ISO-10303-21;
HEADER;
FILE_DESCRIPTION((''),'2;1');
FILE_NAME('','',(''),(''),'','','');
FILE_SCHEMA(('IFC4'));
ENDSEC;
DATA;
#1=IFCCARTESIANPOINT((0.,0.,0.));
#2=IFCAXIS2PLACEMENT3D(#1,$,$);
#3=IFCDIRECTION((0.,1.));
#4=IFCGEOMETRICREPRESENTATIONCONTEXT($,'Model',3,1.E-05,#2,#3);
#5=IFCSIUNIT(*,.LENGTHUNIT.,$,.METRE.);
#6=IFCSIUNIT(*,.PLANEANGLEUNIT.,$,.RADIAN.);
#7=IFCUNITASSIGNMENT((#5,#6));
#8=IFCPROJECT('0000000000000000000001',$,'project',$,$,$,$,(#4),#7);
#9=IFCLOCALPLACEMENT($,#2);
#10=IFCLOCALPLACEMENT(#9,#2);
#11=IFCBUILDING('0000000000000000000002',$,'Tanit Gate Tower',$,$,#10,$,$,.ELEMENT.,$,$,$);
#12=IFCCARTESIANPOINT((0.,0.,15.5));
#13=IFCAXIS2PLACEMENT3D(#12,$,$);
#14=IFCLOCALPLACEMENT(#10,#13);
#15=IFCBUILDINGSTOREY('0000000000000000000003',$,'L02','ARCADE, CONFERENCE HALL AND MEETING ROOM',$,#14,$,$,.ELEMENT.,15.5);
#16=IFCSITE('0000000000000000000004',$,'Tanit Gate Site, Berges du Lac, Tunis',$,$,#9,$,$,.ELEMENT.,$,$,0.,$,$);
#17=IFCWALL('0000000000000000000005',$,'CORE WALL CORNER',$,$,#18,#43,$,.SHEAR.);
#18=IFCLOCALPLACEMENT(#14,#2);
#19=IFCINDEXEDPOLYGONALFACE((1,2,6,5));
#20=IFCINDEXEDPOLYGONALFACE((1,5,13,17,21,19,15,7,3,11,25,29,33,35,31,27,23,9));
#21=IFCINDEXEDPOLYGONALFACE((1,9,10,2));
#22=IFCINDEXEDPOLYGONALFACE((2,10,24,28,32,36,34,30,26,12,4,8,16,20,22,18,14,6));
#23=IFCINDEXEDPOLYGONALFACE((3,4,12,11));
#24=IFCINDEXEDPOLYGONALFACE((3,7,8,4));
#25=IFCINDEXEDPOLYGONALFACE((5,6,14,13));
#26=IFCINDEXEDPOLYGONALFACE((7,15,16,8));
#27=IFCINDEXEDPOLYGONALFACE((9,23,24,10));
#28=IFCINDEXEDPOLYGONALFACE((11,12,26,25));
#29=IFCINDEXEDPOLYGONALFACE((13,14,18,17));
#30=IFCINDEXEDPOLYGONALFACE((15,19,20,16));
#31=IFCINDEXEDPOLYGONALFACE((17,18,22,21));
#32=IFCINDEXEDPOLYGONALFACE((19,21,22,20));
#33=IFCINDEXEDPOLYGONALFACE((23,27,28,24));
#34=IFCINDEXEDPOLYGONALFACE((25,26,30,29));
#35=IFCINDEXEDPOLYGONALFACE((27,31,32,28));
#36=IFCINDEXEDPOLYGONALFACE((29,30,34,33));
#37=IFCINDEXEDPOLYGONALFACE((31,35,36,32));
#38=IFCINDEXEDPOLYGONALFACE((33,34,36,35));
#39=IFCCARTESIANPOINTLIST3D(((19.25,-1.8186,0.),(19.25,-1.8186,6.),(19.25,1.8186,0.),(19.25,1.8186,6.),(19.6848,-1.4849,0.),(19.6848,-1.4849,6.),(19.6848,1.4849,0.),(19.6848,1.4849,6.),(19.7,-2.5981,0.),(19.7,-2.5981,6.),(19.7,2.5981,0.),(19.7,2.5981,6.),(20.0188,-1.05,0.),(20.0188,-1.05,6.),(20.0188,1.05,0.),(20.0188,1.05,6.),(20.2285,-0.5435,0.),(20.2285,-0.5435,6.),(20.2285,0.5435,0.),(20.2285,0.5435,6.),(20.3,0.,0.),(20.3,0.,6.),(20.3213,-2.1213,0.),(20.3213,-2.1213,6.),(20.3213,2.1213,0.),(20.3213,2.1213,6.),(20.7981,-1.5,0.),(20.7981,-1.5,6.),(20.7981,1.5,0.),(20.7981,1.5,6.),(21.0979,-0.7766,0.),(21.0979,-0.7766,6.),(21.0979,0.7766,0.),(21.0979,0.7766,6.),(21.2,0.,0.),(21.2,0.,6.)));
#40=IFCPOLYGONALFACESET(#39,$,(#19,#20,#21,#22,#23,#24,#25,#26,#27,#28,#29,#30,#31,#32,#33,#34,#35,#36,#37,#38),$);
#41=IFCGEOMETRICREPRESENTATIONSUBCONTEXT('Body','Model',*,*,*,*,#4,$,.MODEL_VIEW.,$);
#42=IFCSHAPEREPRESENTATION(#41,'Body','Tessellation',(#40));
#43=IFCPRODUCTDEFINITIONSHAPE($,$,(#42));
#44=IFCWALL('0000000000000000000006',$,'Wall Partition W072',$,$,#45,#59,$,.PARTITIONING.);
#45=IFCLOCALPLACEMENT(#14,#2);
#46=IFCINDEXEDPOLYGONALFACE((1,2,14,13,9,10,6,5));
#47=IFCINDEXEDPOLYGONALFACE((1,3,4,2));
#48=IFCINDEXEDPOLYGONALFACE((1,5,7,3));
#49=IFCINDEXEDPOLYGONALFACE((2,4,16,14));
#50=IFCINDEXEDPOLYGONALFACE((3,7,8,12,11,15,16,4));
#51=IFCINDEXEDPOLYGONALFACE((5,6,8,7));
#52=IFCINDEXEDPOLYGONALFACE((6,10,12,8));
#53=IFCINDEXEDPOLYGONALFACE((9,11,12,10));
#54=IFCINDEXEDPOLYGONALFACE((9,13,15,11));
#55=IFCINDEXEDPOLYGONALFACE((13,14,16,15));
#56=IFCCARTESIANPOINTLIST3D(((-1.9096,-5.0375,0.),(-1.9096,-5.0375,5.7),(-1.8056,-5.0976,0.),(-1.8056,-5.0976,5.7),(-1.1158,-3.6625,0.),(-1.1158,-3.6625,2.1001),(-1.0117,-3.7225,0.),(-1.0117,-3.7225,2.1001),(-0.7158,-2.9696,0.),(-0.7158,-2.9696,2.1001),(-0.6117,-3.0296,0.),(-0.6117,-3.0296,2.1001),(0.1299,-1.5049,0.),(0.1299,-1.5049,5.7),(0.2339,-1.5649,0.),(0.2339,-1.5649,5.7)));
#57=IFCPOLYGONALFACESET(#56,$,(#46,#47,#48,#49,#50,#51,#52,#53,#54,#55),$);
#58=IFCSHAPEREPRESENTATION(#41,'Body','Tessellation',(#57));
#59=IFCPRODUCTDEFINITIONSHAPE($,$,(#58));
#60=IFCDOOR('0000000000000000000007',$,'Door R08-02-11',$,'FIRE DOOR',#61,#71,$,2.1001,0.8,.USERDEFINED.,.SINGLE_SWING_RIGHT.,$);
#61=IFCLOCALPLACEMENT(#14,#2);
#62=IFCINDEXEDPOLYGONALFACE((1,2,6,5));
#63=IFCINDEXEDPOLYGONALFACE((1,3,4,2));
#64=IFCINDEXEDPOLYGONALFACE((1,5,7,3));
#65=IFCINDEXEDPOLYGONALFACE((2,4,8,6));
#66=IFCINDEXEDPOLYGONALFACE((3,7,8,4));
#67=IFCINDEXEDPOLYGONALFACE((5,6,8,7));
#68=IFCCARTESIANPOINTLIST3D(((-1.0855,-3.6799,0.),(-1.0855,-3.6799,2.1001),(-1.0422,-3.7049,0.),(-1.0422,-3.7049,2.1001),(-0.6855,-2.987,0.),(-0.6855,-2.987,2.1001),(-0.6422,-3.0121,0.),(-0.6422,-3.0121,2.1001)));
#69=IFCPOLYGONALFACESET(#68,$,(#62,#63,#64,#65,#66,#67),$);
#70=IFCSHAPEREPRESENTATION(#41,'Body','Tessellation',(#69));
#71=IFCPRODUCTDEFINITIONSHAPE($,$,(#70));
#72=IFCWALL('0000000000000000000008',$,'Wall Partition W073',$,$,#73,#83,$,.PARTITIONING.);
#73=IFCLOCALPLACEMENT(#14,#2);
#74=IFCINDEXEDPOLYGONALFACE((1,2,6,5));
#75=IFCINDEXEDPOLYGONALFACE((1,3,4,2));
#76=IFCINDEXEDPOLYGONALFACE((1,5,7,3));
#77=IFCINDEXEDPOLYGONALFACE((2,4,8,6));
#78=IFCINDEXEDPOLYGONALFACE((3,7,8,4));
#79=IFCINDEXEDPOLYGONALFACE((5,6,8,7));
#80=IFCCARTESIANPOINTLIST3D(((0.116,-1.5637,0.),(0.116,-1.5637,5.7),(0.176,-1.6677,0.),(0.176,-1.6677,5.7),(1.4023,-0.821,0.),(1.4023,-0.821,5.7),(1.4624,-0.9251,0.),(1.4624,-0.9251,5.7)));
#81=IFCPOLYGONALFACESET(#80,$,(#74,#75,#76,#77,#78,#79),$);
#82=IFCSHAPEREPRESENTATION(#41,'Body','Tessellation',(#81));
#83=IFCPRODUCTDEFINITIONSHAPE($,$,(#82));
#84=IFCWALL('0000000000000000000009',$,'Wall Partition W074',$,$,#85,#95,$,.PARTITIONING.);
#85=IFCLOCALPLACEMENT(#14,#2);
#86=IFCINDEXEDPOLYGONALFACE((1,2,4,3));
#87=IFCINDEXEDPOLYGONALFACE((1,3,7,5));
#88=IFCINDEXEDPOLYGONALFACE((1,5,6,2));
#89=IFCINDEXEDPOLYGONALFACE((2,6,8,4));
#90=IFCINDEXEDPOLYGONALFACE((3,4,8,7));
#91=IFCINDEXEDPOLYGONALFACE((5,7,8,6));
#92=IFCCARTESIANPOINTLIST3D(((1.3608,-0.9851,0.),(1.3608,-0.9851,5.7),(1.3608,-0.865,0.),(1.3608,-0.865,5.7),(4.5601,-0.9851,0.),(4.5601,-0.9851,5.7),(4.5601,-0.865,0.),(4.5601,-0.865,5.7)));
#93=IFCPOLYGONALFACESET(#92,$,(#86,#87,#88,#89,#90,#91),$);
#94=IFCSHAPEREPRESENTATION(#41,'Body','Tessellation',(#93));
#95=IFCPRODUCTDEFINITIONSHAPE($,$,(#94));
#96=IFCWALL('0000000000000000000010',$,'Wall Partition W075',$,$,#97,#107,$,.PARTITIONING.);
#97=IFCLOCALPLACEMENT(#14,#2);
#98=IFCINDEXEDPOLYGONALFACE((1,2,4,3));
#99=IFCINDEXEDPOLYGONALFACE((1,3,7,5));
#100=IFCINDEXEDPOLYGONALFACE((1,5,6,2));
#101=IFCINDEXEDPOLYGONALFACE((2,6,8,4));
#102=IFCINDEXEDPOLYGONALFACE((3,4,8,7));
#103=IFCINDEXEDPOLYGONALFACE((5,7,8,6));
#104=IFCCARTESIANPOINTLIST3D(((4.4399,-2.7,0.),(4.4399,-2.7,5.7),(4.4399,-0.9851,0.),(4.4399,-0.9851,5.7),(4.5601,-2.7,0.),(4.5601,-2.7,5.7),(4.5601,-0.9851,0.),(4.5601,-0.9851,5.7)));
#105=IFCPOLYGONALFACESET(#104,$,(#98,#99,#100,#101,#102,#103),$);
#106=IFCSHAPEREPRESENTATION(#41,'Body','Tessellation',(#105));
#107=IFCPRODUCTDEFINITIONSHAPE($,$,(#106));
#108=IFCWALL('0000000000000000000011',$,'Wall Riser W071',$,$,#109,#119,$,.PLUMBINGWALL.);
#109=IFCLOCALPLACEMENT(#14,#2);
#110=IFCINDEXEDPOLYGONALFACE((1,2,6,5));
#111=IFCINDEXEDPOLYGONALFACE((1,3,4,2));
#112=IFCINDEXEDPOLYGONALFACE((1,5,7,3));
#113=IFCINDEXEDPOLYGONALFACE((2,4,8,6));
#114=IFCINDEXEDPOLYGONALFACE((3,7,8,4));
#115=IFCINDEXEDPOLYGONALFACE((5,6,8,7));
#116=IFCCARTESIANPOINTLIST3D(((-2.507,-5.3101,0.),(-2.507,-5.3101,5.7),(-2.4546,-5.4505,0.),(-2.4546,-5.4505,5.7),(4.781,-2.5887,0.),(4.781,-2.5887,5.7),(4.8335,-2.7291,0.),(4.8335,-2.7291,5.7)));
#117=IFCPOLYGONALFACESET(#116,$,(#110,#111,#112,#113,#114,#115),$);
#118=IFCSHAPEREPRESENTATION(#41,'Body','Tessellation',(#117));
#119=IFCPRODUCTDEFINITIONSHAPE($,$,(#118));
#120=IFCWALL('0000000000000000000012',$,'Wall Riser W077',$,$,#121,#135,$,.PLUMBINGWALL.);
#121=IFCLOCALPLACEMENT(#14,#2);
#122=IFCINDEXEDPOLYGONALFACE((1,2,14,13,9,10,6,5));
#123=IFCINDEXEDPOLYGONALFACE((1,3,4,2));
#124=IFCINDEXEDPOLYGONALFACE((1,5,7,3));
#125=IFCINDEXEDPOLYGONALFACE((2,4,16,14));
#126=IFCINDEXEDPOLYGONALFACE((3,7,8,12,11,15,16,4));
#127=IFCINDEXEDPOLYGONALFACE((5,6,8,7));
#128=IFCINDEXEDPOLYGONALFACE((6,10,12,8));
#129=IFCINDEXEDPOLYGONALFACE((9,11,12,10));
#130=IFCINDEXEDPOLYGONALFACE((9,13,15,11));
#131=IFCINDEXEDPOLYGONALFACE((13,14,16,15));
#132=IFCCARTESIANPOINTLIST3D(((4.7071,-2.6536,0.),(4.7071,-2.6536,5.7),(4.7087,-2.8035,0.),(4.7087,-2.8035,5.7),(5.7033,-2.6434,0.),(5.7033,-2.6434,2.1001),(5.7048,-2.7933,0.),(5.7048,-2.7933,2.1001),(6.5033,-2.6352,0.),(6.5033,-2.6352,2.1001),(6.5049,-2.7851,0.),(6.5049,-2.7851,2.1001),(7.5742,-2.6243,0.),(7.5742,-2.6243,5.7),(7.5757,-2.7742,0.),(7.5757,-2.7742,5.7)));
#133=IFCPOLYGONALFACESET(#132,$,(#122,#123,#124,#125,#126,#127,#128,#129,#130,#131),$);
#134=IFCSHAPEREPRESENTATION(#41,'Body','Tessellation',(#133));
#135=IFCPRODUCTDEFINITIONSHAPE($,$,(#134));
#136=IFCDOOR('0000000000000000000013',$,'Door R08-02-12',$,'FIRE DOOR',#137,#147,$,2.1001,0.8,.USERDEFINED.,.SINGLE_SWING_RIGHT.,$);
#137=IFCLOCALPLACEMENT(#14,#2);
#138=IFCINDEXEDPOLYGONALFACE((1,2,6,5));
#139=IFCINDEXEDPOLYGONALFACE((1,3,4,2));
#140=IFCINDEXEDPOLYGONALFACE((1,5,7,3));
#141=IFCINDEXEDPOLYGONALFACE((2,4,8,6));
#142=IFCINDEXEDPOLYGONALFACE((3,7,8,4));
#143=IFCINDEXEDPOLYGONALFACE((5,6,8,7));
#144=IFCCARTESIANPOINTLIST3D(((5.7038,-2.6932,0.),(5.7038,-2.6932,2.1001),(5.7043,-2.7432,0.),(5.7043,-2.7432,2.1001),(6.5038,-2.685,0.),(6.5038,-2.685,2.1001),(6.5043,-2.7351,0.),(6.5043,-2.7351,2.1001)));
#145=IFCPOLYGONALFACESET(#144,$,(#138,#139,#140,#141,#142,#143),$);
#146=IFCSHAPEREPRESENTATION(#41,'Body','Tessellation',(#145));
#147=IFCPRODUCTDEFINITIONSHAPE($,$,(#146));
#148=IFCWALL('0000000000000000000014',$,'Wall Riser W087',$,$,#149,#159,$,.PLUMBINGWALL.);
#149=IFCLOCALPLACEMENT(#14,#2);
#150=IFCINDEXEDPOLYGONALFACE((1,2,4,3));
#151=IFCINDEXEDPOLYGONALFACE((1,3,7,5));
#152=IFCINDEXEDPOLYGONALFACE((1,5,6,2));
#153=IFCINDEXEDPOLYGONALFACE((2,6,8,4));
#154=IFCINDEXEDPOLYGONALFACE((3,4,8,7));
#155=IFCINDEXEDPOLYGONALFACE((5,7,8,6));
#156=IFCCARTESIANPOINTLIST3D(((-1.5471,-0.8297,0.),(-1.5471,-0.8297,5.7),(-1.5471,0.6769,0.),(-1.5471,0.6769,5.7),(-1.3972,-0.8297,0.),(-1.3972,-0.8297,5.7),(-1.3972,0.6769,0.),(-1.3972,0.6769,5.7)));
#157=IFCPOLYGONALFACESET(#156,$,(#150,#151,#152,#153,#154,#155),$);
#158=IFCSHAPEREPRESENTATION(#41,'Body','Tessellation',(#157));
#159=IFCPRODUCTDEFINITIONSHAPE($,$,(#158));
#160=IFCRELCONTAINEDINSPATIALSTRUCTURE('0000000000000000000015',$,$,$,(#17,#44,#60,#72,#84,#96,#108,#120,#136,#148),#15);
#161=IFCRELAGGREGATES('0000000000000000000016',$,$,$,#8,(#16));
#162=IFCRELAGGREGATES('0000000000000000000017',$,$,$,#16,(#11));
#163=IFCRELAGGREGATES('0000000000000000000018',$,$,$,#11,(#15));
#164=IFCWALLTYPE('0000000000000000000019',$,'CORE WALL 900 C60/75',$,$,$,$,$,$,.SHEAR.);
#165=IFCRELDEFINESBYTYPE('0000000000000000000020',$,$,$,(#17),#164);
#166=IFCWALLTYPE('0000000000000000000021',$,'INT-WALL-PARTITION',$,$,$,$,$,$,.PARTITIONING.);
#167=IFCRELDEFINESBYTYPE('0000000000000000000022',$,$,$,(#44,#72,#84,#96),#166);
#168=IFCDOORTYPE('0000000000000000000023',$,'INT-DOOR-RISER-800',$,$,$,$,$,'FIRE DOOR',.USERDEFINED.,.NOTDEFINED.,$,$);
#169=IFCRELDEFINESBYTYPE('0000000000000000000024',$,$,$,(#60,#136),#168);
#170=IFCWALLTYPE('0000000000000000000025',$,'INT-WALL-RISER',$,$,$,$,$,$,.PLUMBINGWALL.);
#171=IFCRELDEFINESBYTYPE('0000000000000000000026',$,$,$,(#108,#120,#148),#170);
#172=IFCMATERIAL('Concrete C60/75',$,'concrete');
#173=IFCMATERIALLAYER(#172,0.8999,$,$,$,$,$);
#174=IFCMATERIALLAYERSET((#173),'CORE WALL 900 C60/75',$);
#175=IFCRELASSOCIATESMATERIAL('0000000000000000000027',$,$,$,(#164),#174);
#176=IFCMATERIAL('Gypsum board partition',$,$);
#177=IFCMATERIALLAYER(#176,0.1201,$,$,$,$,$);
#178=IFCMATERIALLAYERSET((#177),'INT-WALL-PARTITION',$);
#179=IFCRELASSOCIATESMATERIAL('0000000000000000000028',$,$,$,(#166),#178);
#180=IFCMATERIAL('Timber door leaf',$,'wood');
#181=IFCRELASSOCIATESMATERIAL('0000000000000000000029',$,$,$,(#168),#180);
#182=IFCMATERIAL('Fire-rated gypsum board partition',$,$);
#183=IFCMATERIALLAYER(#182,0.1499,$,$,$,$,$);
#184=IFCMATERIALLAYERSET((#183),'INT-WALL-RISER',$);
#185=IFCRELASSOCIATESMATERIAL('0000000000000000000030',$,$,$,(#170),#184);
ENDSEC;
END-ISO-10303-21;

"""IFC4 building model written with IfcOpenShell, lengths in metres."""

from ifc_helpers import new_model, si_unit, direction, frame, frame_2d, origin, place, context, subcontext, project, spatial, polyline, rectangle, outline, extrude, material, layer, layer_set, type_object, element, fill, save


model = new_model("IFC4")

# Units and contexts
model_context = context("Model", 3, precision=1e-05, world=origin(), true_north=direction((0.0, 1.0)))
body_context = subcontext(model_context, "Body", "Model", "MODEL_VIEW")
ifc_project = project(units=[si_unit("LENGTHUNIT", "METRE"), si_unit("PLANEANGLEUNIT", "RADIAN")], contexts=[model_context])

# Site, building, storey
site_placement = place(None, origin())
site = spatial("IfcSite", under=ifc_project, at=site_placement, Name="Tanit Gate Site, Berges du Lac, Tunis", CompositionType="ELEMENT", RefElevation=0.0)
building_placement = place(site_placement, origin())
building = spatial("IfcBuilding", under=site, at=building_placement, Name="Tanit Gate Tower", CompositionType="ELEMENT")
storey_placement = place(building_placement, frame((0.0, 0.0, 15.5)))
storey = spatial("IfcBuildingStorey", under=building, at=storey_placement, Name="L02", Description="ARCADE, CONFERENCE HALL AND MEETING ROOM", CompositionType="ELEMENT", Elevation=15.5)

# Wall
ifc_material_1 = material(Name="Concrete C60/75", Category="concrete")
ifc_layer_1 = layer(ifc_material_1, 0.8999)
ifc_layer_set_1 = layer_set([ifc_layer_1], Name="CORE WALL 900 C60/75")
wall_type_1 = type_object("IfcWallType", Name="CORE WALL 900 C60/75", PredefinedType="SHEAR", material=ifc_layer_set_1)
wall_1_placement = place(storey_placement, origin())
element("IfcWall", 1, at=wall_1_placement, inside=storey, type_object=wall_type_1, Name="CORE WALL CORNER", PredefinedType="SHEAR", context=body_context, shape_type="SweptSolid", body=[
    extrude(outline(polyline([(19.7, -2.5981), (20.3213, -2.1213), (20.7981, -1.5), (21.0979, -0.7766), (21.2, 0.0), (21.0979, 0.7766), (20.7981, 1.5), (20.3213, 2.1213), (19.7, 2.5981), (19.25, 1.8186), (19.6848, 1.4849), (20.0188, 1.05), (20.2285, 0.5435), (20.3, 0.0), (20.2285, -0.5435), (20.0188, -1.05), (19.6848, -1.4849), (19.25, -1.8186), (19.7, -2.5981)])), origin(), (0.0, 0.0, 1.0), 6.0),
])

# Wall, opening, door
ifc_material_2 = material(Name="Gypsum board partition")
ifc_layer_2 = layer(ifc_material_2, 0.1201)
ifc_layer_set_2 = layer_set([ifc_layer_2], Name="INT-WALL-PARTITION")
wall_type_2 = type_object("IfcWallType", Name="INT-WALL-PARTITION", PredefinedType="PARTITIONING", material=ifc_layer_set_2)
wall_2_placement = place(storey_placement, frame((0.1819, -1.5349, 0.0), z_axis=(0.0, 0.0, 1.0), x_axis=(-0.499988, -0.866032, 0.0)))
wall_2 = element("IfcWall", 2, at=wall_2_placement, inside=storey, type_object=wall_type_2, Name="Wall Partition W072", PredefinedType="PARTITIONING", context=body_context, shape_type="SweptSolid", body=[
    extrude(rectangle(XDim=4.0791, YDim=0.1201, at=frame_2d((2.0396, 0.0))), origin(), (0.0, 0.0, 1.0), 5.7),
])
opening_1_placement = place(wall_2_placement, frame((1.6914, 0.0, 0.0)))
opening_1 = element("IfcOpeningElement", 3, at=opening_1_placement, cuts=wall_2, PredefinedType="OPENING", context=body_context, shape_type="SweptSolid", body=[
    extrude(rectangle(XDim=0.8, YDim=2.1001, at=frame_2d((0.3999, 1.05))), frame((0.0, 0.0701, 0.0), z_axis=(0.0, -1.0, 0.0), x_axis=(1.0, 0.0, 0.0)), (0.0, 0.0, 1.0), 0.1401),
])
ifc_material_3 = material(Name="Timber door leaf", Category="wood")
door_type = type_object("IfcDoorType", Name="INT-DOOR-RISER-800", ElementType="FIRE DOOR", OperationType="NOTDEFINED", PredefinedType="USERDEFINED", material=ifc_material_3)
door_1_placement = place(opening_1_placement, origin())
door_1 = element("IfcDoor", 4, at=door_1_placement, inside=storey, type_object=door_type, Name="Door R08-02-11", ObjectType="FIRE DOOR", OperationType="SINGLE_SWING_RIGHT", OverallHeight=2.1001, OverallWidth=0.8, PredefinedType="USERDEFINED", context=body_context, shape_type="SweptSolid", body=[
    extrude(rectangle(XDim=0.8, YDim=2.1001, at=frame_2d((0.3999, 1.05))), frame((0.0, 0.0249, 0.0), z_axis=(0.0, -1.0, 0.0), x_axis=(1.0, 0.0, 0.0)), (0.0, 0.0, 1.0), 0.05),
])
fill(opening_1, door_1)

# Walls
wall_3_placement = place(storey_placement, frame((1.4324, -0.873, 0.0), z_axis=(0.0, 0.0, 1.0), x_axis=(-0.86603, -0.499993, 0.0)))
element("IfcWall", 5, at=wall_3_placement, inside=storey, type_object=wall_type_2, Name="Wall Partition W073", PredefinedType="PARTITIONING", context=body_context, shape_type="SweptSolid", body=[
    extrude(rectangle(XDim=1.4854, YDim=0.1201, at=frame_2d((0.7427, 0.0))), origin(), (0.0, 0.0, 1.0), 5.7),
])
wall_4_placement = place(storey_placement, frame((4.5601, -0.925, 0.0), z_axis=(0.0, 0.0, 1.0), x_axis=(-1.0, 0.0, 0.0)))
element("IfcWall", 6, at=wall_4_placement, inside=storey, type_object=wall_type_2, Name="Wall Partition W074", PredefinedType="PARTITIONING", context=body_context, shape_type="SweptSolid", body=[
    extrude(rectangle(XDim=3.1992, YDim=0.1201, at=frame_2d((1.5996, 0.0))), origin(), (0.0, 0.0, 1.0), 5.7),
])
wall_5_placement = place(storey_placement, frame((4.5, -2.7, 0.0), z_axis=(0.0, 0.0, 1.0), x_axis=(0.0, 1.0, 0.0)))
element("IfcWall", 7, at=wall_5_placement, inside=storey, type_object=wall_type_2, Name="Wall Partition W075", PredefinedType="PARTITIONING", context=body_context, shape_type="SweptSolid", body=[
    extrude(rectangle(XDim=1.7148, YDim=0.1201, at=frame_2d((0.8574, 0.0))), origin(), (0.0, 0.0, 1.0), 5.7),
])
ifc_material_4 = material(Name="Fire-rated gypsum board partition")
ifc_layer_3 = layer(ifc_material_4, 0.1499)
ifc_layer_set_3 = layer_set([ifc_layer_3], Name="INT-WALL-RISER")
wall_type_3 = type_object("IfcWallType", Name="INT-WALL-RISER", PredefinedType="PLUMBINGWALL", material=ifc_layer_set_3)
wall_6_placement = place(storey_placement, frame((4.8071, -2.6589, 0.0), z_axis=(0.0, 0.0, 1.0), x_axis=(-0.936818, -0.349816, 0.0)))
element("IfcWall", 8, at=wall_6_placement, inside=storey, type_object=wall_type_3, Name="Wall Riser W071", PredefinedType="PLUMBINGWALL", context=body_context, shape_type="SweptSolid", body=[
    extrude(rectangle(XDim=7.7795, YDim=0.1499, at=frame_2d((3.8896, 0.0))), origin(), (0.0, 0.0, 1.0), 5.7),
])

# Wall, opening, door
wall_7_placement = place(storey_placement, frame((7.575, -2.6992, 0.0), z_axis=(0.0, 0.0, 1.0), x_axis=(-0.999948, -0.010218, 0.0)))
wall_7 = element("IfcWall", 9, at=wall_7_placement, inside=storey, type_object=wall_type_3, Name="Wall Riser W077", PredefinedType="PLUMBINGWALL", context=body_context, shape_type="SweptSolid", body=[
    extrude(rectangle(XDim=2.8672, YDim=0.1499, at=frame_2d((1.4336, 0.0))), origin(), (0.0, 0.0, 1.0), 5.7),
])
opening_2_placement = place(wall_7_placement, frame((1.071, 0.0, 0.0)))
opening_2 = element("IfcOpeningElement", 10, at=opening_2_placement, cuts=wall_7, PredefinedType="OPENING", context=body_context, shape_type="SweptSolid", body=[
    extrude(rectangle(XDim=0.8, YDim=2.1001, at=frame_2d((0.3999, 1.05))), frame((0.0, 0.085, 0.0), z_axis=(0.0, -1.0, 0.0), x_axis=(1.0, 0.0, 0.0)), (0.0, 0.0, 1.0), 0.1699),
])
door_2_placement = place(opening_2_placement, origin())
door_2 = element("IfcDoor", 11, at=door_2_placement, inside=storey, type_object=door_type, Name="Door R08-02-12", ObjectType="FIRE DOOR", OperationType="SINGLE_SWING_RIGHT", OverallHeight=2.1001, OverallWidth=0.8, PredefinedType="USERDEFINED", context=body_context, shape_type="SweptSolid", body=[
    extrude(rectangle(XDim=0.8, YDim=2.1001, at=frame_2d((0.3999, 1.05))), frame((0.0, 0.0249, 0.0), z_axis=(0.0, -1.0, 0.0), x_axis=(1.0, 0.0, 0.0)), (0.0, 0.0, 1.0), 0.05),
])
fill(opening_2, door_2)

# Wall
wall_8_placement = place(storey_placement, frame((-1.4722, -0.8298, 0.0), z_axis=(0.0, 0.0, 1.0), x_axis=(0.0, 1.0, 0.0)))
element("IfcWall", 12, at=wall_8_placement, inside=storey, type_object=wall_type_3, Name="Wall Riser W087", PredefinedType="PLUMBINGWALL", context=body_context, shape_type="SweptSolid", body=[
    extrude(rectangle(XDim=1.5066, YDim=0.1499, at=frame_2d((0.7534, 0.0))), origin(), (0.0, 0.0, 1.0), 5.7),
])

save(model, "model.ifc")
